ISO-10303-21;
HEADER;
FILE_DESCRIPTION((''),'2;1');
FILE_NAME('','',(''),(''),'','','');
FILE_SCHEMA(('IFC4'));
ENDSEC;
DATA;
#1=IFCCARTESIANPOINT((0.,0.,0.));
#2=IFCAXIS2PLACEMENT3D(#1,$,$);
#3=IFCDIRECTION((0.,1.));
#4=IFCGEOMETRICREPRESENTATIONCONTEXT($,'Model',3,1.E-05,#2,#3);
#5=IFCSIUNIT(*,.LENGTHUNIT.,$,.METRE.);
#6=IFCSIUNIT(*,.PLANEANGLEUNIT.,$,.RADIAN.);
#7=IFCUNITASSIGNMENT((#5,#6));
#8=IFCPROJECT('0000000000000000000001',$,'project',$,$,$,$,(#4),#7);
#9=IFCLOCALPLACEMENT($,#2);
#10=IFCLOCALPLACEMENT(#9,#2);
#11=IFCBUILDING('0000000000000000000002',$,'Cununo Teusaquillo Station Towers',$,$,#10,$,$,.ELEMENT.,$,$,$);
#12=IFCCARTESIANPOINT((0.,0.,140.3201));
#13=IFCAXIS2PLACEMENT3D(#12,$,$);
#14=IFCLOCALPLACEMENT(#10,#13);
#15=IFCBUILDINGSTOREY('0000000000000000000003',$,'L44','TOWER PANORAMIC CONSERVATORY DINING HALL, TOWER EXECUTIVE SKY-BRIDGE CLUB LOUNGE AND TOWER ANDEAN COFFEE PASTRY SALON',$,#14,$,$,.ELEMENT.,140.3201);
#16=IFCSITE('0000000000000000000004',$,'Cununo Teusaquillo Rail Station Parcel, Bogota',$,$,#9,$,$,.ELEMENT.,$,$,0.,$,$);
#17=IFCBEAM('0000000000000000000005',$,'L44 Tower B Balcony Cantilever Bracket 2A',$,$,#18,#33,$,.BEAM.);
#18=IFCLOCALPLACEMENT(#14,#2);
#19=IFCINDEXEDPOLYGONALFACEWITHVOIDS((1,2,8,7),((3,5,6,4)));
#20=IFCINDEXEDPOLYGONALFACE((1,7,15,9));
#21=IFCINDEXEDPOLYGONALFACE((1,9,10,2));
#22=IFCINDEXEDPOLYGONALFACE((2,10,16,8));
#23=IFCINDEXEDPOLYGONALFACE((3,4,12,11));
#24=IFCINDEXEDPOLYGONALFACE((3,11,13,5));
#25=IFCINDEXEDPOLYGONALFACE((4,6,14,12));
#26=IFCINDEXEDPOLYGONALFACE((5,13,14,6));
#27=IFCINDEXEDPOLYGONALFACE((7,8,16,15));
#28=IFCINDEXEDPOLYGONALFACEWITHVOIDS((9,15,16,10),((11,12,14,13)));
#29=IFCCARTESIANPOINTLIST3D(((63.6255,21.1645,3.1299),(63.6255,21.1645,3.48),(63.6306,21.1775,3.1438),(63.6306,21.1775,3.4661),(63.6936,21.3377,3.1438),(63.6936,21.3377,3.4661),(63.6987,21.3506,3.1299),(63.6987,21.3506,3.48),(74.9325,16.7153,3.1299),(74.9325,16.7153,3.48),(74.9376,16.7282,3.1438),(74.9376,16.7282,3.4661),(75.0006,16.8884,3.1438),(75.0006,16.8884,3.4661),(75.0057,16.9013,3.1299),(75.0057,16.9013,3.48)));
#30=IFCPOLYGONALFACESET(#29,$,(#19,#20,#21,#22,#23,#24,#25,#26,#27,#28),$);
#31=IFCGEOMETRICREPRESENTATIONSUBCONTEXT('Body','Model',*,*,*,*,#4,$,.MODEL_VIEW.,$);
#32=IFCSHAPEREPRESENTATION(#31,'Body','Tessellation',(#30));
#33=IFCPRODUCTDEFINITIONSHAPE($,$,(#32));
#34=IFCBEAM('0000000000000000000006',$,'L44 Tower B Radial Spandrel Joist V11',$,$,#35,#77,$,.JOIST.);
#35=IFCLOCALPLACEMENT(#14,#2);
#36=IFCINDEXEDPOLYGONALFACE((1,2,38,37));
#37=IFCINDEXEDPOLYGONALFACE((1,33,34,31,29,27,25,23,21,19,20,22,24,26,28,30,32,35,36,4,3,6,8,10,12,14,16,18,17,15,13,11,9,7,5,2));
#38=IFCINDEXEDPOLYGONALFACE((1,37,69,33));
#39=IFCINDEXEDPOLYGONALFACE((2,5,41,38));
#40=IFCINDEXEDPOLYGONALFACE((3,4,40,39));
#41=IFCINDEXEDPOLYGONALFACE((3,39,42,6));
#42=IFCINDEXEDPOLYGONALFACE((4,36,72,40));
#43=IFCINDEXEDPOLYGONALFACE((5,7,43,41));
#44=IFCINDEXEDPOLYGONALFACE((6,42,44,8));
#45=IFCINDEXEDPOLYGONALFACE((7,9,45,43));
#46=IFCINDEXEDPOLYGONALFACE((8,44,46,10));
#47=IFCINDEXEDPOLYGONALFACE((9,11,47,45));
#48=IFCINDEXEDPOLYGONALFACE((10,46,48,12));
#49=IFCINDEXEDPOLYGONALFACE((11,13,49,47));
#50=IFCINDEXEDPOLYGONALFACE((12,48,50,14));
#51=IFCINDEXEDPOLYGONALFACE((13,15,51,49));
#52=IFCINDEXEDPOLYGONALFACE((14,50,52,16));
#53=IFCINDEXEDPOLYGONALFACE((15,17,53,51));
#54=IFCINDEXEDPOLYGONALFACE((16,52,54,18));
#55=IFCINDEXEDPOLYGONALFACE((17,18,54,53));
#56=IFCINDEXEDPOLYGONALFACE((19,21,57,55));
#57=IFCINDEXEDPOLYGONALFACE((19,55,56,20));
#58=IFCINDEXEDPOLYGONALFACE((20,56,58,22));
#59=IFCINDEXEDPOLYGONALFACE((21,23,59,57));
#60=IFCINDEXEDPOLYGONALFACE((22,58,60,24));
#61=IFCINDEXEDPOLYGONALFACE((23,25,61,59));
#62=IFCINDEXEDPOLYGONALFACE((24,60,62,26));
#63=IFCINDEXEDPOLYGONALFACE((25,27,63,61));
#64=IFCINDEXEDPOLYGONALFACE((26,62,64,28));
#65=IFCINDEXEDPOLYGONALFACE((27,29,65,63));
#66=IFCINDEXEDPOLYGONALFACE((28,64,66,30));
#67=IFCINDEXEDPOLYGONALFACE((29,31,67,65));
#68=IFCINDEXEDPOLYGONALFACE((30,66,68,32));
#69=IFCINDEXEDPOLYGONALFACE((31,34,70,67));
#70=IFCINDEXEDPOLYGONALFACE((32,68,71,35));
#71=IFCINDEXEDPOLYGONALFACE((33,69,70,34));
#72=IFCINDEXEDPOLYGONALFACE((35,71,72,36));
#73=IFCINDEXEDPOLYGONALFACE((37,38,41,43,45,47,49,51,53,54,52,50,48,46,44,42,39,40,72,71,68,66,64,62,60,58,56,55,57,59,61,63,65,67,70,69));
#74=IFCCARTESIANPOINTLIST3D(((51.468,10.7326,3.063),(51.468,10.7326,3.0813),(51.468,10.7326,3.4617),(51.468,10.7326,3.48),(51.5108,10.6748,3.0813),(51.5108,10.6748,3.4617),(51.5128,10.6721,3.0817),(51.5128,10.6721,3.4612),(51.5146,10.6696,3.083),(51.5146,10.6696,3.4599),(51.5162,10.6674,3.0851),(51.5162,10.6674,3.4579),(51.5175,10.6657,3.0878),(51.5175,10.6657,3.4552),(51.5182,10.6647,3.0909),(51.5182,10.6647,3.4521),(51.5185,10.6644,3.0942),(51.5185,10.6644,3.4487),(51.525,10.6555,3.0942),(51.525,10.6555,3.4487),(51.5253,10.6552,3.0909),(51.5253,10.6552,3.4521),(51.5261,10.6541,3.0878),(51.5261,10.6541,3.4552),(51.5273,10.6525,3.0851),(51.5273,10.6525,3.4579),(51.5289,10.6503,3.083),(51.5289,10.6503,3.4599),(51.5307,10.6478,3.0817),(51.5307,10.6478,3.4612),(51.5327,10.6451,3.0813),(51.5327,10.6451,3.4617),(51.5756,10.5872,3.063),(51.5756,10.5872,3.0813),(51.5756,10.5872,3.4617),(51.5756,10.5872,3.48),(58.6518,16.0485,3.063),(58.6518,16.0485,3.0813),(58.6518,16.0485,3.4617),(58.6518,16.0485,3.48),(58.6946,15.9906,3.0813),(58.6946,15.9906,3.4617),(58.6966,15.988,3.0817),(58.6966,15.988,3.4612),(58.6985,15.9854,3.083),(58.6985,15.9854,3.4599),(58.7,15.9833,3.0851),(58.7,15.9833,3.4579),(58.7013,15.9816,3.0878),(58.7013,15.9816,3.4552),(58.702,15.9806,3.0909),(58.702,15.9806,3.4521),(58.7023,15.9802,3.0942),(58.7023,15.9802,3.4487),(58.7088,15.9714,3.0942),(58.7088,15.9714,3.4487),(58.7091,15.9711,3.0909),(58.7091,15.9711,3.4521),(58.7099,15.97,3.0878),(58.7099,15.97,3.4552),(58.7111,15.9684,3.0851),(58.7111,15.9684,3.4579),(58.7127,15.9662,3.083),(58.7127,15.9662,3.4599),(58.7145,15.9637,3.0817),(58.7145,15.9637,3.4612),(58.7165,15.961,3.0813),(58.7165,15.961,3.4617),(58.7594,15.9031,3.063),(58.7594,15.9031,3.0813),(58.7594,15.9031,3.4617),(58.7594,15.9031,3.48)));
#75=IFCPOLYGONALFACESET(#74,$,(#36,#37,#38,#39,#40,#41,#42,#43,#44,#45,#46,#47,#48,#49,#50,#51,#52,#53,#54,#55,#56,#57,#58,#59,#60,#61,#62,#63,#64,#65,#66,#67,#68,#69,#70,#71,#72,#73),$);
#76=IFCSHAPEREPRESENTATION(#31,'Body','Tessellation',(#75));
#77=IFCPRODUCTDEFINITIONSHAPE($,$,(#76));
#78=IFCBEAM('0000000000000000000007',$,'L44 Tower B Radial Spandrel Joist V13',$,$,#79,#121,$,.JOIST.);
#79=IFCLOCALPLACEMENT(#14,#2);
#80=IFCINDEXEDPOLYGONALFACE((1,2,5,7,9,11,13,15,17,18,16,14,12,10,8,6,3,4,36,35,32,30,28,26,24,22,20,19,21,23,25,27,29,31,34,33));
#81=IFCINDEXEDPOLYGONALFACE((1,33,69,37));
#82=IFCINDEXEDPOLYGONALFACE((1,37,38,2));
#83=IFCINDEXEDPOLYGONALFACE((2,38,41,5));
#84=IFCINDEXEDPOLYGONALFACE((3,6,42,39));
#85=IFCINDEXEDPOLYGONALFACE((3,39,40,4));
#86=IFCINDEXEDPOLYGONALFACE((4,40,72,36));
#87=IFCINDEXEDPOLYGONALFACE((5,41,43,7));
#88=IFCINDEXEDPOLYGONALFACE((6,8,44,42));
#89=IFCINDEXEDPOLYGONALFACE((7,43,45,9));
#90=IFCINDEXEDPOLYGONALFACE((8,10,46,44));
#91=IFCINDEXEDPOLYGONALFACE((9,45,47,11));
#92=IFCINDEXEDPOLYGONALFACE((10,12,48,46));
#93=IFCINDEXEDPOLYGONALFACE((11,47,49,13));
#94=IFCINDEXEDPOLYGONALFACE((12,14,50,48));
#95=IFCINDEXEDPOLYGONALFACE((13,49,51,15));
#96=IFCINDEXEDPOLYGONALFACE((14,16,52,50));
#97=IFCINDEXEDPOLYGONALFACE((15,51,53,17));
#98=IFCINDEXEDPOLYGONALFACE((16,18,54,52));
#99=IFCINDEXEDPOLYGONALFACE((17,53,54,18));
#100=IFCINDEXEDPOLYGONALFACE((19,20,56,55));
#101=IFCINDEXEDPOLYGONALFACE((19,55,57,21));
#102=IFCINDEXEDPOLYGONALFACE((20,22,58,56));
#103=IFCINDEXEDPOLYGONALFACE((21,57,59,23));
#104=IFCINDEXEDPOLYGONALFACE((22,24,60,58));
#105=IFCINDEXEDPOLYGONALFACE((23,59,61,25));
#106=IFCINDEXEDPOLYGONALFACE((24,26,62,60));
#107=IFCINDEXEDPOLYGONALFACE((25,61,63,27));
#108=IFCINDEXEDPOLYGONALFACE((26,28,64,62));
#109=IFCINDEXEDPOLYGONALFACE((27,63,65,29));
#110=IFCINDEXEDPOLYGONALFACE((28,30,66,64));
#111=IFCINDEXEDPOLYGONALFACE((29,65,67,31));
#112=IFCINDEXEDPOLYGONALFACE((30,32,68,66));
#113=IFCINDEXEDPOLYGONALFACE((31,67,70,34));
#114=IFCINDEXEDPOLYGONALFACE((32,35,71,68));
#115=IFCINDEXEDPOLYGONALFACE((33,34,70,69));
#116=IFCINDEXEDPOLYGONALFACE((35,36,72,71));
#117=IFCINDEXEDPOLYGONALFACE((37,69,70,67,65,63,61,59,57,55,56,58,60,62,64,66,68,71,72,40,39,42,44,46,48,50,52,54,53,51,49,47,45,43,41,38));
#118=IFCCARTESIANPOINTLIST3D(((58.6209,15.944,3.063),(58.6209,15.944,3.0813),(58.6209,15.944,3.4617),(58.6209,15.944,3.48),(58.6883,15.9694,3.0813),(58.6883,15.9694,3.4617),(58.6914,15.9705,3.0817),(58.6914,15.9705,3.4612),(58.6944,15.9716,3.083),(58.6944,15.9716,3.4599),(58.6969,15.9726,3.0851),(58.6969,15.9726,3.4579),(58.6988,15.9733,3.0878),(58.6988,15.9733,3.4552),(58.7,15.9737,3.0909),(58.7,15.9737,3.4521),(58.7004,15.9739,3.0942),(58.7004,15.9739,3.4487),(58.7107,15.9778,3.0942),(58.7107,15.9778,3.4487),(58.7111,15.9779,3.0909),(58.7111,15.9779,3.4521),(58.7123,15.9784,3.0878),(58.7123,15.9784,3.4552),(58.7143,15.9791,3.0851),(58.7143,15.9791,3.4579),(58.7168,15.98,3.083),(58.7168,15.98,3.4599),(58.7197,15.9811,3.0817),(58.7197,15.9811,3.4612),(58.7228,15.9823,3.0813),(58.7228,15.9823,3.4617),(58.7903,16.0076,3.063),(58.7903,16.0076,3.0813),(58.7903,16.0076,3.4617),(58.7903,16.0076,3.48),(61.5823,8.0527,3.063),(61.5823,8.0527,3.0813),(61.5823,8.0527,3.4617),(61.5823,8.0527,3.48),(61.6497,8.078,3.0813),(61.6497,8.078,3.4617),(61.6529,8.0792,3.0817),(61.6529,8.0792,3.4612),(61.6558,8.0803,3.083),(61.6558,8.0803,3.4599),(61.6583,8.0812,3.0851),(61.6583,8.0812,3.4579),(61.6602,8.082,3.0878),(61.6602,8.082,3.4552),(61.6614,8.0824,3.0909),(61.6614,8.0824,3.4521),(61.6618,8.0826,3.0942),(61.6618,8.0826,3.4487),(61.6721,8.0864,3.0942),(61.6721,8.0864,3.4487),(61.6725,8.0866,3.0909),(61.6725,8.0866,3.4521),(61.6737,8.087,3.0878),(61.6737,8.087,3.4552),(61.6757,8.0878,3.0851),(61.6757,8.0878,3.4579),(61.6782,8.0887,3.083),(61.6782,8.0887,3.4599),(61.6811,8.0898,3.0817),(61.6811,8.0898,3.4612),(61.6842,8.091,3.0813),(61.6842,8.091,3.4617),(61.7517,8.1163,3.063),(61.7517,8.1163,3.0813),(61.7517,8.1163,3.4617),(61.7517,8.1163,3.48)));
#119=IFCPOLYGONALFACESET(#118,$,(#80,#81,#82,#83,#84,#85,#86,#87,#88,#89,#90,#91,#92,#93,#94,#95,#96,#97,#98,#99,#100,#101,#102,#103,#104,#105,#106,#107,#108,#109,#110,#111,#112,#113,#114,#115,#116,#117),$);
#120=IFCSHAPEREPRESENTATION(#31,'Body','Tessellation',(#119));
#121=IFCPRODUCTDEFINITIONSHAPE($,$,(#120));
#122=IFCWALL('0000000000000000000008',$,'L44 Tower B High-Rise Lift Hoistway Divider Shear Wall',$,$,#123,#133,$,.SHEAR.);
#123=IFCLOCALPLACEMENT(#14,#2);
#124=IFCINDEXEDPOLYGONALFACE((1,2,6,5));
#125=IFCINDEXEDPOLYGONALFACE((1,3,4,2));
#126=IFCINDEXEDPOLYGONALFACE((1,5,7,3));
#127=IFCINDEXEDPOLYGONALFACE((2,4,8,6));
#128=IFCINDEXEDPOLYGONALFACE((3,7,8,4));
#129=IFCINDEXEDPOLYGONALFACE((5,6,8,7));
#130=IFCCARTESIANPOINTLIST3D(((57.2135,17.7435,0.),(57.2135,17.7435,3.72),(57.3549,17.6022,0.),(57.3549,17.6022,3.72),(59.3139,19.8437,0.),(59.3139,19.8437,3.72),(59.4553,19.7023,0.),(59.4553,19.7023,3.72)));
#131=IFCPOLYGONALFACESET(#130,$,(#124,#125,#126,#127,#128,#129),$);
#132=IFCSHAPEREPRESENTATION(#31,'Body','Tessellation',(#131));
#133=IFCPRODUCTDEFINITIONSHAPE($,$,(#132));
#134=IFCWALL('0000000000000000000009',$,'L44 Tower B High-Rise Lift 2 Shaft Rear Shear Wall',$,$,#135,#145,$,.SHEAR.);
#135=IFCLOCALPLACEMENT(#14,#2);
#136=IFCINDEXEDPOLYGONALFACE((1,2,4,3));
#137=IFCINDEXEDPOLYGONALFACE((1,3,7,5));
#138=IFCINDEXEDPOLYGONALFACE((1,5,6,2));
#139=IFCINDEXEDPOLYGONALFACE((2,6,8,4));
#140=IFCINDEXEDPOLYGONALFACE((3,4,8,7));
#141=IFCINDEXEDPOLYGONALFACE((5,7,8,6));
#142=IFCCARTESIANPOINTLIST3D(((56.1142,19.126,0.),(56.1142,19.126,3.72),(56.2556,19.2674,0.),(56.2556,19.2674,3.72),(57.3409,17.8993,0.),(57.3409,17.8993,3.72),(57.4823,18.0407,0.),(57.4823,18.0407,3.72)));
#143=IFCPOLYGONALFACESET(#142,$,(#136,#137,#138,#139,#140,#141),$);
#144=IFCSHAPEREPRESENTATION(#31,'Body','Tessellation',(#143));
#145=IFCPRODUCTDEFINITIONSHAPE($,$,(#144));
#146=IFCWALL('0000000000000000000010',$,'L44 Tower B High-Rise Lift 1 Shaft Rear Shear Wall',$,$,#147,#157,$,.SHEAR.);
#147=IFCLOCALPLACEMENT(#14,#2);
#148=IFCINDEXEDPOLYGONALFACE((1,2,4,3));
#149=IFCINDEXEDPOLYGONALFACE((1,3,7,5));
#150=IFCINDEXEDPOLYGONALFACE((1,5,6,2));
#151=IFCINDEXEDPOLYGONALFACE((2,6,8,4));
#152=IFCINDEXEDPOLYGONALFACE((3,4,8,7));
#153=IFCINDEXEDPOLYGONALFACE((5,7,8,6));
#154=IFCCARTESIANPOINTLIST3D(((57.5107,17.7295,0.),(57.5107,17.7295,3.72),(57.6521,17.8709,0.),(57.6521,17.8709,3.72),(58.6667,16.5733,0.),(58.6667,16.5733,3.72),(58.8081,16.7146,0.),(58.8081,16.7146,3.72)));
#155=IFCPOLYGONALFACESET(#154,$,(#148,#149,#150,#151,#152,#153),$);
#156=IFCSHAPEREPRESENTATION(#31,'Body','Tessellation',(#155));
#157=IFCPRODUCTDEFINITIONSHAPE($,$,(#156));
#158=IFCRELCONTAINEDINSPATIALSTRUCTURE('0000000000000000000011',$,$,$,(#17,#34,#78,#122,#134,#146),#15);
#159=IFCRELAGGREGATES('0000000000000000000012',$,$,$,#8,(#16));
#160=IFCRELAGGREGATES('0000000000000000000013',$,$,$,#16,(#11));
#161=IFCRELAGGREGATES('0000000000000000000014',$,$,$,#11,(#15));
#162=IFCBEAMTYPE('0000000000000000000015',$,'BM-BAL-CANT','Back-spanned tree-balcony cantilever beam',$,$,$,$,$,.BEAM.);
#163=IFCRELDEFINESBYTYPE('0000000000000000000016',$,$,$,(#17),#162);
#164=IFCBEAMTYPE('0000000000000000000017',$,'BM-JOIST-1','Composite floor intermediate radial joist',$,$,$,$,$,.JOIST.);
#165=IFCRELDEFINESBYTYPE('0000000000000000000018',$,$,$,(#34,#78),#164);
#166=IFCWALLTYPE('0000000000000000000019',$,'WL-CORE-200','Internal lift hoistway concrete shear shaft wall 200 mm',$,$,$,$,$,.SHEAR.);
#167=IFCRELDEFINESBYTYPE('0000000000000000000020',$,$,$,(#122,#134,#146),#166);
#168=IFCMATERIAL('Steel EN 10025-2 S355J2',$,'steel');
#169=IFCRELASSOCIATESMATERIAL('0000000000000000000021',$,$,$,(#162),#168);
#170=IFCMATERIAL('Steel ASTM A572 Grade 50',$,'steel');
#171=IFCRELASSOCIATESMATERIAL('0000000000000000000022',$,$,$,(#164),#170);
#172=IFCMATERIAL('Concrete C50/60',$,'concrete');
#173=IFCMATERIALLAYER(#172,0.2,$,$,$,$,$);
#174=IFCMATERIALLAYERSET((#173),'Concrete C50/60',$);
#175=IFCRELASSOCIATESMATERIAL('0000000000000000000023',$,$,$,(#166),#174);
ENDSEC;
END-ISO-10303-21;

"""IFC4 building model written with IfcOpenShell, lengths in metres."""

from ifc_helpers import new_model, si_unit, direction, frame, frame_2d, origin, origin_2d, place, context, subcontext, project, spatial, rectangle, hollow_rectangle, i_section, extrude, material, layer, layer_set, material_profile, profile_set, type_object, element, save


model = new_model("IFC4")

# Units and contexts
model_context = context("Model", 3, precision=1e-05, world=origin(), true_north=direction((0.0, 1.0)))
body_context = subcontext(model_context, "Body", "Model", "MODEL_VIEW")
ifc_project = project(units=[si_unit("LENGTHUNIT", "METRE"), si_unit("PLANEANGLEUNIT", "RADIAN")], contexts=[model_context])

# Site, building, storey
site_placement = place(None, origin())
site = spatial("IfcSite", under=ifc_project, at=site_placement, Name="Cununo Teusaquillo Rail Station Parcel, Bogota", CompositionType="ELEMENT", RefElevation=0.0)
building_placement = place(site_placement, origin())
building = spatial("IfcBuilding", under=site, at=building_placement, Name="Cununo Teusaquillo Station Towers", CompositionType="ELEMENT")
storey_placement = place(building_placement, frame((0.0, 0.0, 140.3201)))
storey = spatial("IfcBuildingStorey", under=building, at=storey_placement, Name="L44", Description="TOWER PANORAMIC CONSERVATORY DINING HALL, TOWER EXECUTIVE SKY-BRIDGE CLUB LOUNGE AND TOWER ANDEAN COFFEE PASTRY SALON", CompositionType="ELEMENT", Elevation=140.3201)

# Beams
ifc_material_1 = material(Name="Steel EN 10025-2 S355J2", Category="steel")
ifc_material_profile_1 = material_profile(ifc_material_1, hollow_rectangle(XDim=0.2, YDim=0.3501, WallThickness=0.0139, at=origin_2d()), Name="RHS 350x200x14")
ifc_profile_set_1 = profile_set([ifc_material_profile_1], Name="Steel EN 10025-2 S355J2")
beam_type_1 = type_object("IfcBeamType", Name="BM-BAL-CANT", Description="Back-spanned tree-balcony cantilever beam", PredefinedType="BEAM", material=ifc_profile_set_1)
beam_1_placement = place(storey_placement, frame((63.6621, 21.2576, 3.3049), z_axis=(0.930549, -0.366168, 0.0), x_axis=(0.366168, 0.930549, 0.0)))
element("IfcBeam", 1, at=beam_1_placement, inside=storey, type_object=beam_type_1, Name="L44 Tower B Balcony Cantilever Bracket 2A", PredefinedType="BEAM", context=body_context, shape_type="SweptSolid", body=[
    extrude(hollow_rectangle(XDim=0.2, YDim=0.3501, WallThickness=0.0139, at=origin_2d()), origin(), (0.0, 0.0, 1.0), 12.1509),
])
ifc_material_2 = material(Name="Steel ASTM A572 Grade 50", Category="steel")
ifc_material_profile_2 = material_profile(ifc_material_2, i_section(OverallWidth=0.1809, OverallDepth=0.417, WebThickness=0.011, FlangeThickness=0.0183, FilletRadius=0.0129, at=origin_2d()), Name="W16X57")
ifc_profile_set_2 = profile_set([ifc_material_profile_2], Name="Steel ASTM A572 Grade 50")
beam_type_2 = type_object("IfcBeamType", Name="BM-JOIST-1", Description="Composite floor intermediate radial joist", PredefinedType="JOIST", material=ifc_profile_set_2)
beam_2_placement = place(storey_placement, frame((58.7056, 15.9758, 3.2715), z_axis=(-0.803848, -0.594834, 0.0), x_axis=(0.594834, -0.803848, 0.0)))
element("IfcBeam", 2, at=beam_2_placement, inside=storey, type_object=beam_type_2, Name="L44 Tower B Radial Spandrel Joist V11", PredefinedType="JOIST", context=body_context, shape_type="SweptSolid", body=[
    extrude(i_section(OverallWidth=0.1809, OverallDepth=0.417, WebThickness=0.011, FlangeThickness=0.0183, FilletRadius=0.0129, at=origin_2d()), origin(), (0.0, 0.0, 1.0), 8.9368),
])
beam_3_placement = place(storey_placement, frame((58.7056, 15.9758, 3.2715), z_axis=(0.351349, -0.936245, 0.0), x_axis=(0.936245, 0.351349, 0.0)))
element("IfcBeam", 3, at=beam_3_placement, inside=storey, type_object=beam_type_2, Name="L44 Tower B Radial Spandrel Joist V13", PredefinedType="JOIST", context=body_context, shape_type="SweptSolid", body=[
    extrude(i_section(OverallWidth=0.1809, OverallDepth=0.417, WebThickness=0.011, FlangeThickness=0.0183, FilletRadius=0.0129, at=origin_2d()), origin(), (0.0, 0.0, 1.0), 8.4287),
])

# Walls
ifc_material_3 = material(Name="Concrete C50/60", Category="concrete")
ifc_layer_1 = layer(ifc_material_3, 0.2)
ifc_layer_set_1 = layer_set([ifc_layer_1], Name="Concrete C50/60")
wall_type_1 = type_object("IfcWallType", Name="WL-CORE-200", Description="Internal lift hoistway concrete shear shaft wall 200 mm", PredefinedType="SHEAR", material=ifc_layer_set_1)
wall_1_placement = place(storey_placement, frame((57.2842, 17.6729, 0.0), z_axis=(0.0, 0.0, 1.0), x_axis=(0.707148, 0.707066, 0.0)))
element("IfcWall", 4, at=wall_1_placement, inside=storey, type_object=wall_type_1, Name="L44 Tower B High-Rise Lift Hoistway Divider Shear Wall", PredefinedType="SHEAR", context=body_context, shape_type="SweptSolid", body=[
    extrude(rectangle(XDim=2.9702, YDim=0.2, at=frame_2d((1.4851, 0.0))), origin(), (0.0, 0.0, 1.0), 3.72),
])
wall_2_placement = place(storey_placement, frame((57.4116, 17.97, 0.0), z_axis=(0.0, 0.0, 1.0), x_axis=(-0.707107, 0.707107, 0.0)))
element("IfcWall", 5, at=wall_2_placement, inside=storey, type_object=wall_type_1, Name="L44 Tower B High-Rise Lift 2 Shaft Rear Shear Wall", PredefinedType="SHEAR", context=body_context, shape_type="SweptSolid", body=[
    extrude(rectangle(XDim=1.7349, YDim=0.2, at=frame_2d((0.8674, 0.0))), origin(), (0.0, 0.0, 1.0), 3.72),
])
wall_3_placement = place(storey_placement, frame((58.7373, 16.644, 0.0), z_axis=(0.0, 0.0, 1.0), x_axis=(-0.707032, 0.707181, 0.0)))
element("IfcWall", 6, at=wall_3_placement, inside=storey, type_object=wall_type_1, Name="L44 Tower B High-Rise Lift 1 Shaft Rear Shear Wall", PredefinedType="SHEAR", context=body_context, shape_type="SweptSolid", body=[
    extrude(rectangle(XDim=1.635, YDim=0.2, at=frame_2d((0.8174, 0.0))), origin(), (0.0, 0.0, 1.0), 3.72),
])

save(model, "model.ifc")
